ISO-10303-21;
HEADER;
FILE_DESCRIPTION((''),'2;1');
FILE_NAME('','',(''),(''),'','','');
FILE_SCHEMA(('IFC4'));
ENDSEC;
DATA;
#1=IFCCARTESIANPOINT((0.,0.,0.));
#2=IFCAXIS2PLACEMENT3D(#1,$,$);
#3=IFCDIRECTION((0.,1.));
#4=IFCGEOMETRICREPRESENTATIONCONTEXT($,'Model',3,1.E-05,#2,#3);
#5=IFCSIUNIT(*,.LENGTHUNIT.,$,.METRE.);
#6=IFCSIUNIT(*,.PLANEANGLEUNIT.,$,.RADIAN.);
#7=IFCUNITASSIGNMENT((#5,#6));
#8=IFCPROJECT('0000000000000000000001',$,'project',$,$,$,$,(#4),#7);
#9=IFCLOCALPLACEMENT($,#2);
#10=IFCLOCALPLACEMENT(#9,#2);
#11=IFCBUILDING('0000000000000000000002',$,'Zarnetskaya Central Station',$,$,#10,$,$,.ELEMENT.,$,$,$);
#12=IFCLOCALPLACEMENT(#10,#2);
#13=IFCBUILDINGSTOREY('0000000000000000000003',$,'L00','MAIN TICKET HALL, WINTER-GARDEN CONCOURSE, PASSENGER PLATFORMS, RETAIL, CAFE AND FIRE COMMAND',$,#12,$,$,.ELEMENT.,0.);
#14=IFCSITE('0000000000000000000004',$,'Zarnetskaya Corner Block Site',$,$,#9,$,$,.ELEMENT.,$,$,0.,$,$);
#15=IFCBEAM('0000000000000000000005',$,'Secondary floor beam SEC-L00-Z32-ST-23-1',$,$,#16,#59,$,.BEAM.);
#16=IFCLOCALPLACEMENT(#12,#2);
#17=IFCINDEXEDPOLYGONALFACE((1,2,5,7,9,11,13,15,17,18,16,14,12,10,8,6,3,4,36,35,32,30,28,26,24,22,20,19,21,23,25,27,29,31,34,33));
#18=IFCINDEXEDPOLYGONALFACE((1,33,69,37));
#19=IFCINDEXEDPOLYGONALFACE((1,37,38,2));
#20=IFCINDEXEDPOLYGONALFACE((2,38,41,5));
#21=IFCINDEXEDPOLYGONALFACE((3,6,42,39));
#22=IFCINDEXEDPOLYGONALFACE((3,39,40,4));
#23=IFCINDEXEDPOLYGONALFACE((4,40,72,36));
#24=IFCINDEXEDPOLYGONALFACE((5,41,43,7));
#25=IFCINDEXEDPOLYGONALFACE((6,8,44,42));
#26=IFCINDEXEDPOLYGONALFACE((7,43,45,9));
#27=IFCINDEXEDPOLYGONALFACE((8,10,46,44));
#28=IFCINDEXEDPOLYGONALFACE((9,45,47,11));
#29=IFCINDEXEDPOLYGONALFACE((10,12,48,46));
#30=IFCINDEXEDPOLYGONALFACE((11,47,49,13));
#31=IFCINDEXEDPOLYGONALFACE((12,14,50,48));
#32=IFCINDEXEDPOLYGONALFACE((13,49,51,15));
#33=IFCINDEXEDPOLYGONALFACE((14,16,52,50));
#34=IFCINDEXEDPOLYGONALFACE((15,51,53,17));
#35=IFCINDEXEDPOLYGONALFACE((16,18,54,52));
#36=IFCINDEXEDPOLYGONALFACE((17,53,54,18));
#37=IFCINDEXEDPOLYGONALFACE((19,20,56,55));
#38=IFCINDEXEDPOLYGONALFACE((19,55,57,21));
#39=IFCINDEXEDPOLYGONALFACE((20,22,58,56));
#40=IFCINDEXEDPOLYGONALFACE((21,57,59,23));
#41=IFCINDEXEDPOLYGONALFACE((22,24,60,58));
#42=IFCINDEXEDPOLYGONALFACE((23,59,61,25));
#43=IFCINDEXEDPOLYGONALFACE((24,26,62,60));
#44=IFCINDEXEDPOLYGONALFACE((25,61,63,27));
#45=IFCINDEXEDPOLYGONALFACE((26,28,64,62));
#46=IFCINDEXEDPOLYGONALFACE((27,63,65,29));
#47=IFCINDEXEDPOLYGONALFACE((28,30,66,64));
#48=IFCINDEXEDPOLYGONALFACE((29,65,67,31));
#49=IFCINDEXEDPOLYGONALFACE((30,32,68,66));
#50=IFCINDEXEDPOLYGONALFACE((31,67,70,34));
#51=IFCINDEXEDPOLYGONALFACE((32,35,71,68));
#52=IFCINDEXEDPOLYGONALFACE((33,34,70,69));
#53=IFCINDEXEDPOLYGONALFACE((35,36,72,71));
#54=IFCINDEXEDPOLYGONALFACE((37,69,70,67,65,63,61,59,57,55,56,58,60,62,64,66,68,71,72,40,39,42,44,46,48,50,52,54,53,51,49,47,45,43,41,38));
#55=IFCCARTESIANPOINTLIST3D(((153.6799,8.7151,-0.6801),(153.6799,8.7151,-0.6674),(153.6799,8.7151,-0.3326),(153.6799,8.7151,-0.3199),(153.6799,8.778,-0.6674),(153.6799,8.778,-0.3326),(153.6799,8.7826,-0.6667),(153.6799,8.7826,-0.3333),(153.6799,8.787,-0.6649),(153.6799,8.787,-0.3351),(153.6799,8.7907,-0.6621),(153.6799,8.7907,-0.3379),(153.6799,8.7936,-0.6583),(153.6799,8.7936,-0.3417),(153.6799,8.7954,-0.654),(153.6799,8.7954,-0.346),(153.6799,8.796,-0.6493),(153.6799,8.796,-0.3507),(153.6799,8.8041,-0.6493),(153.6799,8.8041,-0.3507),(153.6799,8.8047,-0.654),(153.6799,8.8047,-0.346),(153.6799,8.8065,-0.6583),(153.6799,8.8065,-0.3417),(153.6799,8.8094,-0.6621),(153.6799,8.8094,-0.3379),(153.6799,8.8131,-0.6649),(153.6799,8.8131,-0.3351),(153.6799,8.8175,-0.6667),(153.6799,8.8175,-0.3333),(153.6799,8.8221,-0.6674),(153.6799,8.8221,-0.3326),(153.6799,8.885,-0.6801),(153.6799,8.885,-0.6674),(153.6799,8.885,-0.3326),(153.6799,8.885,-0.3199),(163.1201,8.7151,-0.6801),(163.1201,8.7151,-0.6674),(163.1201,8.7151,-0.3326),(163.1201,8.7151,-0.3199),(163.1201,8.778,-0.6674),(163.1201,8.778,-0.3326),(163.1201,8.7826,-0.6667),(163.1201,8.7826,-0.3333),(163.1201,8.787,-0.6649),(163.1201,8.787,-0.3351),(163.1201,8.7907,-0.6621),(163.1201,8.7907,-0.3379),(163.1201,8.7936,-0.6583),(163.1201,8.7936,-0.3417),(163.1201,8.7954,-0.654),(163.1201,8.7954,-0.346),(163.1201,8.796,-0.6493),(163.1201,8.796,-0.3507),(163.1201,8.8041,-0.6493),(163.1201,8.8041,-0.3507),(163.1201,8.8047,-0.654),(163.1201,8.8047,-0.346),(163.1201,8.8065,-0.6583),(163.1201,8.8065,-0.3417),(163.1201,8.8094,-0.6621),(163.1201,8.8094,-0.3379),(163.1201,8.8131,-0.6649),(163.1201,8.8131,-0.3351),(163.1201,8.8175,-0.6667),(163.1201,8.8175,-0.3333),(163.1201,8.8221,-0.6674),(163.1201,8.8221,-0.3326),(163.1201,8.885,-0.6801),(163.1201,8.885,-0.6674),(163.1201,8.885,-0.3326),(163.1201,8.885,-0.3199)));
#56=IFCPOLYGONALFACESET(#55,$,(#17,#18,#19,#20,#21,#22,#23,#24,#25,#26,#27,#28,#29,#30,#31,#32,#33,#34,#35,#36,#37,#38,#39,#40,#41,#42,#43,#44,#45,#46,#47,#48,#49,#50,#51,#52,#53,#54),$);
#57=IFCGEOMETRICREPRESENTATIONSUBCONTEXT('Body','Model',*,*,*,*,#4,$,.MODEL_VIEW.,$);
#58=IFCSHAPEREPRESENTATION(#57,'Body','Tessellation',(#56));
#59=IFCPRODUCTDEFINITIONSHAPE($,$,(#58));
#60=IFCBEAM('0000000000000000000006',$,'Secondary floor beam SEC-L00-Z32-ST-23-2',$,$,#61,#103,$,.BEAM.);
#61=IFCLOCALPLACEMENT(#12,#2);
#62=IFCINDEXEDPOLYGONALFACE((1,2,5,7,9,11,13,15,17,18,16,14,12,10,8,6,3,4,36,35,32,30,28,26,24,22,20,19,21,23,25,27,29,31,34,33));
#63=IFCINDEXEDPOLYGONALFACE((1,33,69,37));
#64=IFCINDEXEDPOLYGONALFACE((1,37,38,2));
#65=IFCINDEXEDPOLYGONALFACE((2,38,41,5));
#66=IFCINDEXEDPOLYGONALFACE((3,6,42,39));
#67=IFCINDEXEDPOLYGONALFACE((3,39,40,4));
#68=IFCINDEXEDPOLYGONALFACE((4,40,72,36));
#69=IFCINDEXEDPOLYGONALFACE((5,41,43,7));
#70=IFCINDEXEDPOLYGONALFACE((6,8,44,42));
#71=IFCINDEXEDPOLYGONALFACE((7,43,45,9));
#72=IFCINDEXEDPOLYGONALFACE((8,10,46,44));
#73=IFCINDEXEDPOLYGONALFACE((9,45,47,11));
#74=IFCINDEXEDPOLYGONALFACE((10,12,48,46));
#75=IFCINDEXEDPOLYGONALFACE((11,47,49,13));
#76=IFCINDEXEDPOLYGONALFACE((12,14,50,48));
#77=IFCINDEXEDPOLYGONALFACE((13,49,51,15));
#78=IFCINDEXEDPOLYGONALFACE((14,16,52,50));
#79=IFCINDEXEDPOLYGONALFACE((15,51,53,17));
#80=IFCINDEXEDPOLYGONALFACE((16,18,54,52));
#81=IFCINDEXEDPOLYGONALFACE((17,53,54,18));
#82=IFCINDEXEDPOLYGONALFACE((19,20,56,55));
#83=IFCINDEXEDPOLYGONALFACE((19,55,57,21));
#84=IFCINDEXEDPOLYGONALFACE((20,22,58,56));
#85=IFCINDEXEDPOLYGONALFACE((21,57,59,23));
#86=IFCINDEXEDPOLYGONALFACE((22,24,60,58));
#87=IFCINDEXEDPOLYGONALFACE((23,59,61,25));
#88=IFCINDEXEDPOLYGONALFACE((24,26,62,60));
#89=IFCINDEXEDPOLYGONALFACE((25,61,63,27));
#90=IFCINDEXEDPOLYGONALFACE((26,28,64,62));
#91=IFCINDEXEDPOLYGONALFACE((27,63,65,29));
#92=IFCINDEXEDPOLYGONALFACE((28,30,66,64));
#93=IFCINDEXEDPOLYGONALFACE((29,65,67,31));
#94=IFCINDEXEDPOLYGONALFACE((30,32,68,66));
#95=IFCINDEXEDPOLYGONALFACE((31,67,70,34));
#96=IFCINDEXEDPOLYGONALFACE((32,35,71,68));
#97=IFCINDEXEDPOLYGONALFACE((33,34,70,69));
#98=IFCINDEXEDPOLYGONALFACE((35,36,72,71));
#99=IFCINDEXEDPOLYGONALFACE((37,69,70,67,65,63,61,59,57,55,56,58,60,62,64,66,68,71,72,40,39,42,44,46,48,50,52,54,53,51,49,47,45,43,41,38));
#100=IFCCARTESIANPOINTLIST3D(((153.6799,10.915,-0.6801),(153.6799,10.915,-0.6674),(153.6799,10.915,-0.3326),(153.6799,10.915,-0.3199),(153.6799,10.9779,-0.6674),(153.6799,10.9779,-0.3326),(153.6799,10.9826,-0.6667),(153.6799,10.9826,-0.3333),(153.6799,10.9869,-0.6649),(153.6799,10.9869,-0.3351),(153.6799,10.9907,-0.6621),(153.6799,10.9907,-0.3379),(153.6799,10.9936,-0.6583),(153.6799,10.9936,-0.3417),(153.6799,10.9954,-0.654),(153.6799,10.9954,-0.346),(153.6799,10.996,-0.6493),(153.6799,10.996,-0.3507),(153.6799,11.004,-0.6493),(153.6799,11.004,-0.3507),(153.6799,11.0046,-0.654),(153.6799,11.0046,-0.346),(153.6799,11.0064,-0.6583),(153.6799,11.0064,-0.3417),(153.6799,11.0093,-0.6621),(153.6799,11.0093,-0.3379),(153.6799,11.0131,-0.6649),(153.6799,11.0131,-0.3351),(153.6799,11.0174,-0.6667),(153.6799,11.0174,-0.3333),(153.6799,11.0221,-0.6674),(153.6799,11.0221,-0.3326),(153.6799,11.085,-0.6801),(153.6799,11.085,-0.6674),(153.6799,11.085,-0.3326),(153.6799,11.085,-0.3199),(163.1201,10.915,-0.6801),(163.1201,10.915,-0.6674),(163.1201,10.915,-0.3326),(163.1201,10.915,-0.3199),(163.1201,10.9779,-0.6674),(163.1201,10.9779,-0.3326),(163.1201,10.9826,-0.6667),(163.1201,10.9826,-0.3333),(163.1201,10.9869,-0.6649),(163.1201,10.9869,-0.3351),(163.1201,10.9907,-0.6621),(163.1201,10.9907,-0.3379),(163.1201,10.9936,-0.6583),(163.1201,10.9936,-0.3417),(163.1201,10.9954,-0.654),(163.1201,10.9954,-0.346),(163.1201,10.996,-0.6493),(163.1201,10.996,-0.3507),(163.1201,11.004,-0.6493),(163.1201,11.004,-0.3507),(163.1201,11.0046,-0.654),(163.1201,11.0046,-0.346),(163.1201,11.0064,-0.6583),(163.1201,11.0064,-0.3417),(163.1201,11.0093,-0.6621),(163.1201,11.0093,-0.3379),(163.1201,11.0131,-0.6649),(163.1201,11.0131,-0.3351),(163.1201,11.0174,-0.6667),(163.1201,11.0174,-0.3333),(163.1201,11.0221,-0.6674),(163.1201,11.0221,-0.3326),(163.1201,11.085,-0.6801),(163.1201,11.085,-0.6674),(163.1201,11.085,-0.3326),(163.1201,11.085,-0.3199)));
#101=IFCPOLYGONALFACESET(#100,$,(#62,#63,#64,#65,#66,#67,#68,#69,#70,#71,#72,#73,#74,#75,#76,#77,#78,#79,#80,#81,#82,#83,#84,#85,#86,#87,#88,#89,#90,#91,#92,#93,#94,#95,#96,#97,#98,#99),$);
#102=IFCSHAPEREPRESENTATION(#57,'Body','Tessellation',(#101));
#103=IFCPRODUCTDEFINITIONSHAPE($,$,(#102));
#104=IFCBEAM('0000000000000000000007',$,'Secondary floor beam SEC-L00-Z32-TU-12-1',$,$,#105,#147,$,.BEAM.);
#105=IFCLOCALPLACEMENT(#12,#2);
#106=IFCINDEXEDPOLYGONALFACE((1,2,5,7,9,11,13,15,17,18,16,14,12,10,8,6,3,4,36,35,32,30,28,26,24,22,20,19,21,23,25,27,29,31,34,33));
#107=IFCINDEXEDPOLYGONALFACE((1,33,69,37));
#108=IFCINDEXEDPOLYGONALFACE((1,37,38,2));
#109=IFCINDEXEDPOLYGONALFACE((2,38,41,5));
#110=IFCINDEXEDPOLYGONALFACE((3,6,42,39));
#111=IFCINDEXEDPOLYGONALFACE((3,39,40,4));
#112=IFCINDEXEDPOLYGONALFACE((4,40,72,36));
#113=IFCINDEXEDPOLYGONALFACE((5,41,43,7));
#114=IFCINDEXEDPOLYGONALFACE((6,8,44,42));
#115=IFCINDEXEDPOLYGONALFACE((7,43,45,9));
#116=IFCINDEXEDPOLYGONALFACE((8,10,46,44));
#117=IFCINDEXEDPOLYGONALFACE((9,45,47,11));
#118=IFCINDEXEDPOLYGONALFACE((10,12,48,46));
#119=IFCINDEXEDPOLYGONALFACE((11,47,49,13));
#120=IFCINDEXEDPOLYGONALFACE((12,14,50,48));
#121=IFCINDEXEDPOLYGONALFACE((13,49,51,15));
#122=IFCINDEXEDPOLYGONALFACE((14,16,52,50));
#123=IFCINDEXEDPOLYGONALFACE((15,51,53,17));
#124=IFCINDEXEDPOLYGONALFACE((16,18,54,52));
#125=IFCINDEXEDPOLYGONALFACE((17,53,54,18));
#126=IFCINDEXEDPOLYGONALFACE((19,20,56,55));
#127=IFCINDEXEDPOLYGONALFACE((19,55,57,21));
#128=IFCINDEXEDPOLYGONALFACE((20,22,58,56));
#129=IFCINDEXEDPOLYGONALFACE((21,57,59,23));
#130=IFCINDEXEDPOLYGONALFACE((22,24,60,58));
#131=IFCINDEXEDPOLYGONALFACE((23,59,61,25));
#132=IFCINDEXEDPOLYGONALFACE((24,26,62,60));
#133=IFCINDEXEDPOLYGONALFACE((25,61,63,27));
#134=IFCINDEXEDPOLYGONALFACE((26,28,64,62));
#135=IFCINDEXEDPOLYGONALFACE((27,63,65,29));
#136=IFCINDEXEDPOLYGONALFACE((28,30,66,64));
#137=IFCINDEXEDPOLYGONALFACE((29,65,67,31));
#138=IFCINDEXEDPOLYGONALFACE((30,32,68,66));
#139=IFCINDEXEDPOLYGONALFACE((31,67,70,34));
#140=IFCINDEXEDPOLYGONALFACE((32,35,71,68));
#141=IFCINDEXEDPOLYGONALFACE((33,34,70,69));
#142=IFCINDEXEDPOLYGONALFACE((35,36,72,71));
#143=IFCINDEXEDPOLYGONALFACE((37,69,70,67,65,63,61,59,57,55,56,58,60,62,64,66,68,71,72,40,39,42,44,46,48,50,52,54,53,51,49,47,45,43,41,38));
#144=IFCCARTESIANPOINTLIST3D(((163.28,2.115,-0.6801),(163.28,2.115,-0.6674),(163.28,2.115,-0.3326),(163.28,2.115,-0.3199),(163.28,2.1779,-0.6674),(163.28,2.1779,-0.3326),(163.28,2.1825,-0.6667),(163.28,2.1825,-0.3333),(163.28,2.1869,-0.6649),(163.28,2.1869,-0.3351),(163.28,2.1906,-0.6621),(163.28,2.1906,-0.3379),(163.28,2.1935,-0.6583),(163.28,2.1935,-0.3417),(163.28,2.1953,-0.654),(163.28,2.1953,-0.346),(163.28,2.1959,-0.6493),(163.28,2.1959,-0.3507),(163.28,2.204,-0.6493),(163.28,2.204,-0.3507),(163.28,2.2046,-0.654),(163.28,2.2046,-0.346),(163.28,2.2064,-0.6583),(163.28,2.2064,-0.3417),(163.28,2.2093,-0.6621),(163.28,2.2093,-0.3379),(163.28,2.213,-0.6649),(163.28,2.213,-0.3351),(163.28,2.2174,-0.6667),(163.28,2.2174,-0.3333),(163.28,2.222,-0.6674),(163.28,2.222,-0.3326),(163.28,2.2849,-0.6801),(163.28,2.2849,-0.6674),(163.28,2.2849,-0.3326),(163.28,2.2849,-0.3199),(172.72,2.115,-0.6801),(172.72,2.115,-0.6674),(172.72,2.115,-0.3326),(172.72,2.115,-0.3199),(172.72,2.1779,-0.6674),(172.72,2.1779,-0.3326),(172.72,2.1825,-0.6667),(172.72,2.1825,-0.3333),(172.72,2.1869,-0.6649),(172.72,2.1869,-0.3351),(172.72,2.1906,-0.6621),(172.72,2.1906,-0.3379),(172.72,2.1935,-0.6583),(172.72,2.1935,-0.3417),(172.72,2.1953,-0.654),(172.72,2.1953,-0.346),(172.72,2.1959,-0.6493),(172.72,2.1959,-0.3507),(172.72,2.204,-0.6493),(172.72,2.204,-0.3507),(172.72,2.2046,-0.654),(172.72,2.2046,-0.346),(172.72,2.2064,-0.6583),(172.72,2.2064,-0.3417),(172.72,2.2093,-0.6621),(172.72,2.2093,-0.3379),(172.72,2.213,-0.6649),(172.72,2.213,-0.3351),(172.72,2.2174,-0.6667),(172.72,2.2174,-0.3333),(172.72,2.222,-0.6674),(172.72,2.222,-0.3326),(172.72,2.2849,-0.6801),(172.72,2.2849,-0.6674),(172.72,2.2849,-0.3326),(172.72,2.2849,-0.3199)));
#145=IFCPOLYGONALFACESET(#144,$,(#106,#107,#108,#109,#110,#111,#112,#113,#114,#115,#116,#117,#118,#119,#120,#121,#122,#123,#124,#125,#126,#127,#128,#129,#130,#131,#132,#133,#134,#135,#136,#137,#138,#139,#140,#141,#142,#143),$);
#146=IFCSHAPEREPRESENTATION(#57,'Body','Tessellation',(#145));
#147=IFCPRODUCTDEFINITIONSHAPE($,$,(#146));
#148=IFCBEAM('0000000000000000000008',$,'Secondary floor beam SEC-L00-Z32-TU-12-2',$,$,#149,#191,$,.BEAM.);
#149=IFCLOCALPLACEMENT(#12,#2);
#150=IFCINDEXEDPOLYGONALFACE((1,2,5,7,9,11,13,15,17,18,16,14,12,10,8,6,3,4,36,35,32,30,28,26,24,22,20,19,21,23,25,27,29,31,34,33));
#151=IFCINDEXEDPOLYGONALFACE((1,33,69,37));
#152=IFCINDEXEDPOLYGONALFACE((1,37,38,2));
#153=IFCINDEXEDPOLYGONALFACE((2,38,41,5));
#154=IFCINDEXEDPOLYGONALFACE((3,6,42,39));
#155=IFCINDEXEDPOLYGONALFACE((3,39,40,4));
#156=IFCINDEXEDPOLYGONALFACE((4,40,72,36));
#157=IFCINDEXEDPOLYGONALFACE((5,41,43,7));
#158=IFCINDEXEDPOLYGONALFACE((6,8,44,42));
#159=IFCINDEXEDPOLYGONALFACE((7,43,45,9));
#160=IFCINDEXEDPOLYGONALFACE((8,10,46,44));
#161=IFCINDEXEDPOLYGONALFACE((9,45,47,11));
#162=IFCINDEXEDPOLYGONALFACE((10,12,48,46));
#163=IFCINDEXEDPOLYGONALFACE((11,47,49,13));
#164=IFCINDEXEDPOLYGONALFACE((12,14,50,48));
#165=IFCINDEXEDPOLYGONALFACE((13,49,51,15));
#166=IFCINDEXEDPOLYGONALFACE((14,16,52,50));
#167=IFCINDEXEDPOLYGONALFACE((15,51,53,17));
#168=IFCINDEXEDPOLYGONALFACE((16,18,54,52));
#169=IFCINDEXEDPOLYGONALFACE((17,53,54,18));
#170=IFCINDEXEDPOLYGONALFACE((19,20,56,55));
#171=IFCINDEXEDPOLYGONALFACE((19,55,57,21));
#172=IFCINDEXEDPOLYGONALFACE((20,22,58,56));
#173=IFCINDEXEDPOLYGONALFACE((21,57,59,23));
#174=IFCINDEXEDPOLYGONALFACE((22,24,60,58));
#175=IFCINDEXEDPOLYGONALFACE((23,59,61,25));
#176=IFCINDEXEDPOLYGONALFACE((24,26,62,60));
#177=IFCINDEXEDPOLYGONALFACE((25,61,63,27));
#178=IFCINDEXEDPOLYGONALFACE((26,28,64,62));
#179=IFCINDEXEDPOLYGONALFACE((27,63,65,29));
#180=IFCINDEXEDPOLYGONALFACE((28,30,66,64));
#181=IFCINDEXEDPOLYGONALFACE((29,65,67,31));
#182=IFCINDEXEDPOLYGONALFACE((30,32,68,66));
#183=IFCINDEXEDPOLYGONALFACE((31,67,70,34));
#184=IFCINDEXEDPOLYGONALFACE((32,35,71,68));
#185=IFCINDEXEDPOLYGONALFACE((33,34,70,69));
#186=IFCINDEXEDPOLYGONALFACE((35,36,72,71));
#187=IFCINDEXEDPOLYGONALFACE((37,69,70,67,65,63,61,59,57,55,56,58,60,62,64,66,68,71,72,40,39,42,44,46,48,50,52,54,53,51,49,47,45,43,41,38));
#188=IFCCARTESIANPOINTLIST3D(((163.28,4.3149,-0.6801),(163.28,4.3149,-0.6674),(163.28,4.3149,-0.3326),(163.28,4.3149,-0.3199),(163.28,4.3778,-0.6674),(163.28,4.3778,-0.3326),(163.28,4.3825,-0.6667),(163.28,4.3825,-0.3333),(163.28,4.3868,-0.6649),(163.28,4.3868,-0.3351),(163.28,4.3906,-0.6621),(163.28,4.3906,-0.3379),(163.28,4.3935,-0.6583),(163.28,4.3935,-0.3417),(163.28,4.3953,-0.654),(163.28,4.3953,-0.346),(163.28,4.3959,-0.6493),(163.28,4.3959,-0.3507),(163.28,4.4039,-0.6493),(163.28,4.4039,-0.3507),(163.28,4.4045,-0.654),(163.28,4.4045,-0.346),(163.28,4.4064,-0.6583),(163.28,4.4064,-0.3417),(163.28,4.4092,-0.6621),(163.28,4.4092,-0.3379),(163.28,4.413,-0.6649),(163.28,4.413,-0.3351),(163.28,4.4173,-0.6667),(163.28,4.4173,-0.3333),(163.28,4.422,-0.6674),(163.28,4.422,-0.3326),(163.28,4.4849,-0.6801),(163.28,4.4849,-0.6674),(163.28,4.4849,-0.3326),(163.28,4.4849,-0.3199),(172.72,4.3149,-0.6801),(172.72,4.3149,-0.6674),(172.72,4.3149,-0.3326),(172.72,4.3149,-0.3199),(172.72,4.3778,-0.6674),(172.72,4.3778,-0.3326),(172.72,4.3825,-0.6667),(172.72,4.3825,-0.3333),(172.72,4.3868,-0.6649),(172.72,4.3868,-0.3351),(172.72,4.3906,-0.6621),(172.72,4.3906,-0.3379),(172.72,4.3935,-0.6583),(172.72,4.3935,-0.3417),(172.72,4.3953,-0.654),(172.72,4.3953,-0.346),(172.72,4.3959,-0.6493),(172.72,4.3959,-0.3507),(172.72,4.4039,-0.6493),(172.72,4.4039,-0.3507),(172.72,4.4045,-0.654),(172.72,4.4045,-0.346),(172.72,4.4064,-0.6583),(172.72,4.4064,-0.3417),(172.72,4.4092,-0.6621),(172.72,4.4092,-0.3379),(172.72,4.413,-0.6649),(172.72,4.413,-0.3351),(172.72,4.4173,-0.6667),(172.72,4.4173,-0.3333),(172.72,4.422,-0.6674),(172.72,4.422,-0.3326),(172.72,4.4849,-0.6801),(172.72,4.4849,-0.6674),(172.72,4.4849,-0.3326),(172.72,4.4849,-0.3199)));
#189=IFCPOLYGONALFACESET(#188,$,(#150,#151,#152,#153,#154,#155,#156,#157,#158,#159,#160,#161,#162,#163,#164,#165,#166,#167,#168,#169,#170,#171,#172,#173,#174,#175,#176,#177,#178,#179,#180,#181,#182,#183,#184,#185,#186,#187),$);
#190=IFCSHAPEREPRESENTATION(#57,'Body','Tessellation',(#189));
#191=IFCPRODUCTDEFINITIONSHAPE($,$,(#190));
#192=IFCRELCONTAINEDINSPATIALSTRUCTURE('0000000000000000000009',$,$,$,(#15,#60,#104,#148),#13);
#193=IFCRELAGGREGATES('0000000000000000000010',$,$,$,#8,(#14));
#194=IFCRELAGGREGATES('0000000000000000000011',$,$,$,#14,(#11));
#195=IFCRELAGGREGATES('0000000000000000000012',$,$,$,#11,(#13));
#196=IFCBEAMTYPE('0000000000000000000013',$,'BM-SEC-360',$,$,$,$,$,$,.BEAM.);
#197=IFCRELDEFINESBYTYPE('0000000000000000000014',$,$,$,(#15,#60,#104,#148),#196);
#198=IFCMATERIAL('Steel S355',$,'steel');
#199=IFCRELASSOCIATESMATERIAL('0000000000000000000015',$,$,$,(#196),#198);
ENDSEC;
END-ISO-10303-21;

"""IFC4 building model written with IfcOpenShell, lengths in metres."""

from ifc_helpers import new_model, si_unit, direction, frame, origin, origin_2d, place, context, subcontext, project, spatial, i_section, extrude, material, material_profile, profile_set, type_object, element, save


model = new_model("IFC4")

# Units and contexts
model_context = context("Model", 3, precision=1e-05, world=origin(), true_north=direction((0.0, 1.0)))
body_context = subcontext(model_context, "Body", "Model", "MODEL_VIEW")
ifc_project = project(units=[si_unit("LENGTHUNIT", "METRE"), si_unit("PLANEANGLEUNIT", "RADIAN")], contexts=[model_context])

# Site, building, storey
site_placement = place(None, origin())
site = spatial("IfcSite", under=ifc_project, at=site_placement, Name="Zarnetskaya Corner Block Site", CompositionType="ELEMENT", RefElevation=0.0)
building_placement = place(site_placement, origin())
building = spatial("IfcBuilding", under=site, at=building_placement, Name="Zarnetskaya Central Station", CompositionType="ELEMENT")
storey_placement = place(building_placement, origin())
storey = spatial("IfcBuildingStorey", under=building, at=storey_placement, Name="L00", Description="MAIN TICKET HALL, WINTER-GARDEN CONCOURSE, PASSENGER PLATFORMS, RETAIL, CAFE AND FIRE COMMAND", CompositionType="ELEMENT", Elevation=0.0)

# Shared definitions
ifc_material_1 = material(Name="Steel S355", Category="steel")

# Beams
ifc_material_profile_1 = material_profile(ifc_material_1, i_section(OverallWidth=0.1699, OverallDepth=0.3601, WebThickness=0.0081, FlangeThickness=0.0127, FilletRadius=0.0181, at=origin_2d()), Name="IPE 360")
ifc_profile_set_1 = profile_set([ifc_material_profile_1], Name="Steel S355")
beam_type_1 = type_object("IfcBeamType", Name="BM-SEC-360", PredefinedType="BEAM", material=ifc_profile_set_1)
for number, where, z_axis, x_axis, name in (
    (1, (153.6799, 8.8, -0.5), (1.0, 0.0, 0.0), (0.0, 1.0, 0.0), "Secondary floor beam SEC-L00-Z32-ST-23-1"),
    (2, (153.6799, 11.0, -0.5), (1.0, 0.0, 0.0), (0.0, 1.0, 0.0), "Secondary floor beam SEC-L00-Z32-ST-23-2"),
):
    element("IfcBeam", number, at=place(storey_placement, frame(where, z_axis=z_axis, x_axis=x_axis)), inside=storey, type_object=beam_type_1, Name=name, PredefinedType="BEAM", context=body_context, shape_type="SweptSolid", body=[
        extrude(i_section(OverallWidth=0.1699, OverallDepth=0.3601, WebThickness=0.0081, FlangeThickness=0.0127, FilletRadius=0.0181, at=origin_2d()), origin(), (0.0, 0.0, 1.0), 9.4402),
    ])
for number, where, z_axis, x_axis, name in (
    (3, (163.28, 2.2, -0.5), (1.0, 0.0, 0.0), (0.0, 1.0, 0.0), "Secondary floor beam SEC-L00-Z32-TU-12-1"),
    (4, (163.28, 4.3999, -0.5), (1.0, 0.0, 0.0), (0.0, 1.0, 0.0), "Secondary floor beam SEC-L00-Z32-TU-12-2"),
):
    element("IfcBeam", number, at=place(storey_placement, frame(where, z_axis=z_axis, x_axis=x_axis)), inside=storey, type_object=beam_type_1, Name=name, PredefinedType="BEAM", context=body_context, shape_type="SweptSolid", body=[
        extrude(i_section(OverallWidth=0.1699, OverallDepth=0.3601, WebThickness=0.0081, FlangeThickness=0.0127, FilletRadius=0.0181, at=origin_2d()), origin(), (0.0, 0.0, 1.0), 9.4399),
    ])

save(model, "model.ifc")
